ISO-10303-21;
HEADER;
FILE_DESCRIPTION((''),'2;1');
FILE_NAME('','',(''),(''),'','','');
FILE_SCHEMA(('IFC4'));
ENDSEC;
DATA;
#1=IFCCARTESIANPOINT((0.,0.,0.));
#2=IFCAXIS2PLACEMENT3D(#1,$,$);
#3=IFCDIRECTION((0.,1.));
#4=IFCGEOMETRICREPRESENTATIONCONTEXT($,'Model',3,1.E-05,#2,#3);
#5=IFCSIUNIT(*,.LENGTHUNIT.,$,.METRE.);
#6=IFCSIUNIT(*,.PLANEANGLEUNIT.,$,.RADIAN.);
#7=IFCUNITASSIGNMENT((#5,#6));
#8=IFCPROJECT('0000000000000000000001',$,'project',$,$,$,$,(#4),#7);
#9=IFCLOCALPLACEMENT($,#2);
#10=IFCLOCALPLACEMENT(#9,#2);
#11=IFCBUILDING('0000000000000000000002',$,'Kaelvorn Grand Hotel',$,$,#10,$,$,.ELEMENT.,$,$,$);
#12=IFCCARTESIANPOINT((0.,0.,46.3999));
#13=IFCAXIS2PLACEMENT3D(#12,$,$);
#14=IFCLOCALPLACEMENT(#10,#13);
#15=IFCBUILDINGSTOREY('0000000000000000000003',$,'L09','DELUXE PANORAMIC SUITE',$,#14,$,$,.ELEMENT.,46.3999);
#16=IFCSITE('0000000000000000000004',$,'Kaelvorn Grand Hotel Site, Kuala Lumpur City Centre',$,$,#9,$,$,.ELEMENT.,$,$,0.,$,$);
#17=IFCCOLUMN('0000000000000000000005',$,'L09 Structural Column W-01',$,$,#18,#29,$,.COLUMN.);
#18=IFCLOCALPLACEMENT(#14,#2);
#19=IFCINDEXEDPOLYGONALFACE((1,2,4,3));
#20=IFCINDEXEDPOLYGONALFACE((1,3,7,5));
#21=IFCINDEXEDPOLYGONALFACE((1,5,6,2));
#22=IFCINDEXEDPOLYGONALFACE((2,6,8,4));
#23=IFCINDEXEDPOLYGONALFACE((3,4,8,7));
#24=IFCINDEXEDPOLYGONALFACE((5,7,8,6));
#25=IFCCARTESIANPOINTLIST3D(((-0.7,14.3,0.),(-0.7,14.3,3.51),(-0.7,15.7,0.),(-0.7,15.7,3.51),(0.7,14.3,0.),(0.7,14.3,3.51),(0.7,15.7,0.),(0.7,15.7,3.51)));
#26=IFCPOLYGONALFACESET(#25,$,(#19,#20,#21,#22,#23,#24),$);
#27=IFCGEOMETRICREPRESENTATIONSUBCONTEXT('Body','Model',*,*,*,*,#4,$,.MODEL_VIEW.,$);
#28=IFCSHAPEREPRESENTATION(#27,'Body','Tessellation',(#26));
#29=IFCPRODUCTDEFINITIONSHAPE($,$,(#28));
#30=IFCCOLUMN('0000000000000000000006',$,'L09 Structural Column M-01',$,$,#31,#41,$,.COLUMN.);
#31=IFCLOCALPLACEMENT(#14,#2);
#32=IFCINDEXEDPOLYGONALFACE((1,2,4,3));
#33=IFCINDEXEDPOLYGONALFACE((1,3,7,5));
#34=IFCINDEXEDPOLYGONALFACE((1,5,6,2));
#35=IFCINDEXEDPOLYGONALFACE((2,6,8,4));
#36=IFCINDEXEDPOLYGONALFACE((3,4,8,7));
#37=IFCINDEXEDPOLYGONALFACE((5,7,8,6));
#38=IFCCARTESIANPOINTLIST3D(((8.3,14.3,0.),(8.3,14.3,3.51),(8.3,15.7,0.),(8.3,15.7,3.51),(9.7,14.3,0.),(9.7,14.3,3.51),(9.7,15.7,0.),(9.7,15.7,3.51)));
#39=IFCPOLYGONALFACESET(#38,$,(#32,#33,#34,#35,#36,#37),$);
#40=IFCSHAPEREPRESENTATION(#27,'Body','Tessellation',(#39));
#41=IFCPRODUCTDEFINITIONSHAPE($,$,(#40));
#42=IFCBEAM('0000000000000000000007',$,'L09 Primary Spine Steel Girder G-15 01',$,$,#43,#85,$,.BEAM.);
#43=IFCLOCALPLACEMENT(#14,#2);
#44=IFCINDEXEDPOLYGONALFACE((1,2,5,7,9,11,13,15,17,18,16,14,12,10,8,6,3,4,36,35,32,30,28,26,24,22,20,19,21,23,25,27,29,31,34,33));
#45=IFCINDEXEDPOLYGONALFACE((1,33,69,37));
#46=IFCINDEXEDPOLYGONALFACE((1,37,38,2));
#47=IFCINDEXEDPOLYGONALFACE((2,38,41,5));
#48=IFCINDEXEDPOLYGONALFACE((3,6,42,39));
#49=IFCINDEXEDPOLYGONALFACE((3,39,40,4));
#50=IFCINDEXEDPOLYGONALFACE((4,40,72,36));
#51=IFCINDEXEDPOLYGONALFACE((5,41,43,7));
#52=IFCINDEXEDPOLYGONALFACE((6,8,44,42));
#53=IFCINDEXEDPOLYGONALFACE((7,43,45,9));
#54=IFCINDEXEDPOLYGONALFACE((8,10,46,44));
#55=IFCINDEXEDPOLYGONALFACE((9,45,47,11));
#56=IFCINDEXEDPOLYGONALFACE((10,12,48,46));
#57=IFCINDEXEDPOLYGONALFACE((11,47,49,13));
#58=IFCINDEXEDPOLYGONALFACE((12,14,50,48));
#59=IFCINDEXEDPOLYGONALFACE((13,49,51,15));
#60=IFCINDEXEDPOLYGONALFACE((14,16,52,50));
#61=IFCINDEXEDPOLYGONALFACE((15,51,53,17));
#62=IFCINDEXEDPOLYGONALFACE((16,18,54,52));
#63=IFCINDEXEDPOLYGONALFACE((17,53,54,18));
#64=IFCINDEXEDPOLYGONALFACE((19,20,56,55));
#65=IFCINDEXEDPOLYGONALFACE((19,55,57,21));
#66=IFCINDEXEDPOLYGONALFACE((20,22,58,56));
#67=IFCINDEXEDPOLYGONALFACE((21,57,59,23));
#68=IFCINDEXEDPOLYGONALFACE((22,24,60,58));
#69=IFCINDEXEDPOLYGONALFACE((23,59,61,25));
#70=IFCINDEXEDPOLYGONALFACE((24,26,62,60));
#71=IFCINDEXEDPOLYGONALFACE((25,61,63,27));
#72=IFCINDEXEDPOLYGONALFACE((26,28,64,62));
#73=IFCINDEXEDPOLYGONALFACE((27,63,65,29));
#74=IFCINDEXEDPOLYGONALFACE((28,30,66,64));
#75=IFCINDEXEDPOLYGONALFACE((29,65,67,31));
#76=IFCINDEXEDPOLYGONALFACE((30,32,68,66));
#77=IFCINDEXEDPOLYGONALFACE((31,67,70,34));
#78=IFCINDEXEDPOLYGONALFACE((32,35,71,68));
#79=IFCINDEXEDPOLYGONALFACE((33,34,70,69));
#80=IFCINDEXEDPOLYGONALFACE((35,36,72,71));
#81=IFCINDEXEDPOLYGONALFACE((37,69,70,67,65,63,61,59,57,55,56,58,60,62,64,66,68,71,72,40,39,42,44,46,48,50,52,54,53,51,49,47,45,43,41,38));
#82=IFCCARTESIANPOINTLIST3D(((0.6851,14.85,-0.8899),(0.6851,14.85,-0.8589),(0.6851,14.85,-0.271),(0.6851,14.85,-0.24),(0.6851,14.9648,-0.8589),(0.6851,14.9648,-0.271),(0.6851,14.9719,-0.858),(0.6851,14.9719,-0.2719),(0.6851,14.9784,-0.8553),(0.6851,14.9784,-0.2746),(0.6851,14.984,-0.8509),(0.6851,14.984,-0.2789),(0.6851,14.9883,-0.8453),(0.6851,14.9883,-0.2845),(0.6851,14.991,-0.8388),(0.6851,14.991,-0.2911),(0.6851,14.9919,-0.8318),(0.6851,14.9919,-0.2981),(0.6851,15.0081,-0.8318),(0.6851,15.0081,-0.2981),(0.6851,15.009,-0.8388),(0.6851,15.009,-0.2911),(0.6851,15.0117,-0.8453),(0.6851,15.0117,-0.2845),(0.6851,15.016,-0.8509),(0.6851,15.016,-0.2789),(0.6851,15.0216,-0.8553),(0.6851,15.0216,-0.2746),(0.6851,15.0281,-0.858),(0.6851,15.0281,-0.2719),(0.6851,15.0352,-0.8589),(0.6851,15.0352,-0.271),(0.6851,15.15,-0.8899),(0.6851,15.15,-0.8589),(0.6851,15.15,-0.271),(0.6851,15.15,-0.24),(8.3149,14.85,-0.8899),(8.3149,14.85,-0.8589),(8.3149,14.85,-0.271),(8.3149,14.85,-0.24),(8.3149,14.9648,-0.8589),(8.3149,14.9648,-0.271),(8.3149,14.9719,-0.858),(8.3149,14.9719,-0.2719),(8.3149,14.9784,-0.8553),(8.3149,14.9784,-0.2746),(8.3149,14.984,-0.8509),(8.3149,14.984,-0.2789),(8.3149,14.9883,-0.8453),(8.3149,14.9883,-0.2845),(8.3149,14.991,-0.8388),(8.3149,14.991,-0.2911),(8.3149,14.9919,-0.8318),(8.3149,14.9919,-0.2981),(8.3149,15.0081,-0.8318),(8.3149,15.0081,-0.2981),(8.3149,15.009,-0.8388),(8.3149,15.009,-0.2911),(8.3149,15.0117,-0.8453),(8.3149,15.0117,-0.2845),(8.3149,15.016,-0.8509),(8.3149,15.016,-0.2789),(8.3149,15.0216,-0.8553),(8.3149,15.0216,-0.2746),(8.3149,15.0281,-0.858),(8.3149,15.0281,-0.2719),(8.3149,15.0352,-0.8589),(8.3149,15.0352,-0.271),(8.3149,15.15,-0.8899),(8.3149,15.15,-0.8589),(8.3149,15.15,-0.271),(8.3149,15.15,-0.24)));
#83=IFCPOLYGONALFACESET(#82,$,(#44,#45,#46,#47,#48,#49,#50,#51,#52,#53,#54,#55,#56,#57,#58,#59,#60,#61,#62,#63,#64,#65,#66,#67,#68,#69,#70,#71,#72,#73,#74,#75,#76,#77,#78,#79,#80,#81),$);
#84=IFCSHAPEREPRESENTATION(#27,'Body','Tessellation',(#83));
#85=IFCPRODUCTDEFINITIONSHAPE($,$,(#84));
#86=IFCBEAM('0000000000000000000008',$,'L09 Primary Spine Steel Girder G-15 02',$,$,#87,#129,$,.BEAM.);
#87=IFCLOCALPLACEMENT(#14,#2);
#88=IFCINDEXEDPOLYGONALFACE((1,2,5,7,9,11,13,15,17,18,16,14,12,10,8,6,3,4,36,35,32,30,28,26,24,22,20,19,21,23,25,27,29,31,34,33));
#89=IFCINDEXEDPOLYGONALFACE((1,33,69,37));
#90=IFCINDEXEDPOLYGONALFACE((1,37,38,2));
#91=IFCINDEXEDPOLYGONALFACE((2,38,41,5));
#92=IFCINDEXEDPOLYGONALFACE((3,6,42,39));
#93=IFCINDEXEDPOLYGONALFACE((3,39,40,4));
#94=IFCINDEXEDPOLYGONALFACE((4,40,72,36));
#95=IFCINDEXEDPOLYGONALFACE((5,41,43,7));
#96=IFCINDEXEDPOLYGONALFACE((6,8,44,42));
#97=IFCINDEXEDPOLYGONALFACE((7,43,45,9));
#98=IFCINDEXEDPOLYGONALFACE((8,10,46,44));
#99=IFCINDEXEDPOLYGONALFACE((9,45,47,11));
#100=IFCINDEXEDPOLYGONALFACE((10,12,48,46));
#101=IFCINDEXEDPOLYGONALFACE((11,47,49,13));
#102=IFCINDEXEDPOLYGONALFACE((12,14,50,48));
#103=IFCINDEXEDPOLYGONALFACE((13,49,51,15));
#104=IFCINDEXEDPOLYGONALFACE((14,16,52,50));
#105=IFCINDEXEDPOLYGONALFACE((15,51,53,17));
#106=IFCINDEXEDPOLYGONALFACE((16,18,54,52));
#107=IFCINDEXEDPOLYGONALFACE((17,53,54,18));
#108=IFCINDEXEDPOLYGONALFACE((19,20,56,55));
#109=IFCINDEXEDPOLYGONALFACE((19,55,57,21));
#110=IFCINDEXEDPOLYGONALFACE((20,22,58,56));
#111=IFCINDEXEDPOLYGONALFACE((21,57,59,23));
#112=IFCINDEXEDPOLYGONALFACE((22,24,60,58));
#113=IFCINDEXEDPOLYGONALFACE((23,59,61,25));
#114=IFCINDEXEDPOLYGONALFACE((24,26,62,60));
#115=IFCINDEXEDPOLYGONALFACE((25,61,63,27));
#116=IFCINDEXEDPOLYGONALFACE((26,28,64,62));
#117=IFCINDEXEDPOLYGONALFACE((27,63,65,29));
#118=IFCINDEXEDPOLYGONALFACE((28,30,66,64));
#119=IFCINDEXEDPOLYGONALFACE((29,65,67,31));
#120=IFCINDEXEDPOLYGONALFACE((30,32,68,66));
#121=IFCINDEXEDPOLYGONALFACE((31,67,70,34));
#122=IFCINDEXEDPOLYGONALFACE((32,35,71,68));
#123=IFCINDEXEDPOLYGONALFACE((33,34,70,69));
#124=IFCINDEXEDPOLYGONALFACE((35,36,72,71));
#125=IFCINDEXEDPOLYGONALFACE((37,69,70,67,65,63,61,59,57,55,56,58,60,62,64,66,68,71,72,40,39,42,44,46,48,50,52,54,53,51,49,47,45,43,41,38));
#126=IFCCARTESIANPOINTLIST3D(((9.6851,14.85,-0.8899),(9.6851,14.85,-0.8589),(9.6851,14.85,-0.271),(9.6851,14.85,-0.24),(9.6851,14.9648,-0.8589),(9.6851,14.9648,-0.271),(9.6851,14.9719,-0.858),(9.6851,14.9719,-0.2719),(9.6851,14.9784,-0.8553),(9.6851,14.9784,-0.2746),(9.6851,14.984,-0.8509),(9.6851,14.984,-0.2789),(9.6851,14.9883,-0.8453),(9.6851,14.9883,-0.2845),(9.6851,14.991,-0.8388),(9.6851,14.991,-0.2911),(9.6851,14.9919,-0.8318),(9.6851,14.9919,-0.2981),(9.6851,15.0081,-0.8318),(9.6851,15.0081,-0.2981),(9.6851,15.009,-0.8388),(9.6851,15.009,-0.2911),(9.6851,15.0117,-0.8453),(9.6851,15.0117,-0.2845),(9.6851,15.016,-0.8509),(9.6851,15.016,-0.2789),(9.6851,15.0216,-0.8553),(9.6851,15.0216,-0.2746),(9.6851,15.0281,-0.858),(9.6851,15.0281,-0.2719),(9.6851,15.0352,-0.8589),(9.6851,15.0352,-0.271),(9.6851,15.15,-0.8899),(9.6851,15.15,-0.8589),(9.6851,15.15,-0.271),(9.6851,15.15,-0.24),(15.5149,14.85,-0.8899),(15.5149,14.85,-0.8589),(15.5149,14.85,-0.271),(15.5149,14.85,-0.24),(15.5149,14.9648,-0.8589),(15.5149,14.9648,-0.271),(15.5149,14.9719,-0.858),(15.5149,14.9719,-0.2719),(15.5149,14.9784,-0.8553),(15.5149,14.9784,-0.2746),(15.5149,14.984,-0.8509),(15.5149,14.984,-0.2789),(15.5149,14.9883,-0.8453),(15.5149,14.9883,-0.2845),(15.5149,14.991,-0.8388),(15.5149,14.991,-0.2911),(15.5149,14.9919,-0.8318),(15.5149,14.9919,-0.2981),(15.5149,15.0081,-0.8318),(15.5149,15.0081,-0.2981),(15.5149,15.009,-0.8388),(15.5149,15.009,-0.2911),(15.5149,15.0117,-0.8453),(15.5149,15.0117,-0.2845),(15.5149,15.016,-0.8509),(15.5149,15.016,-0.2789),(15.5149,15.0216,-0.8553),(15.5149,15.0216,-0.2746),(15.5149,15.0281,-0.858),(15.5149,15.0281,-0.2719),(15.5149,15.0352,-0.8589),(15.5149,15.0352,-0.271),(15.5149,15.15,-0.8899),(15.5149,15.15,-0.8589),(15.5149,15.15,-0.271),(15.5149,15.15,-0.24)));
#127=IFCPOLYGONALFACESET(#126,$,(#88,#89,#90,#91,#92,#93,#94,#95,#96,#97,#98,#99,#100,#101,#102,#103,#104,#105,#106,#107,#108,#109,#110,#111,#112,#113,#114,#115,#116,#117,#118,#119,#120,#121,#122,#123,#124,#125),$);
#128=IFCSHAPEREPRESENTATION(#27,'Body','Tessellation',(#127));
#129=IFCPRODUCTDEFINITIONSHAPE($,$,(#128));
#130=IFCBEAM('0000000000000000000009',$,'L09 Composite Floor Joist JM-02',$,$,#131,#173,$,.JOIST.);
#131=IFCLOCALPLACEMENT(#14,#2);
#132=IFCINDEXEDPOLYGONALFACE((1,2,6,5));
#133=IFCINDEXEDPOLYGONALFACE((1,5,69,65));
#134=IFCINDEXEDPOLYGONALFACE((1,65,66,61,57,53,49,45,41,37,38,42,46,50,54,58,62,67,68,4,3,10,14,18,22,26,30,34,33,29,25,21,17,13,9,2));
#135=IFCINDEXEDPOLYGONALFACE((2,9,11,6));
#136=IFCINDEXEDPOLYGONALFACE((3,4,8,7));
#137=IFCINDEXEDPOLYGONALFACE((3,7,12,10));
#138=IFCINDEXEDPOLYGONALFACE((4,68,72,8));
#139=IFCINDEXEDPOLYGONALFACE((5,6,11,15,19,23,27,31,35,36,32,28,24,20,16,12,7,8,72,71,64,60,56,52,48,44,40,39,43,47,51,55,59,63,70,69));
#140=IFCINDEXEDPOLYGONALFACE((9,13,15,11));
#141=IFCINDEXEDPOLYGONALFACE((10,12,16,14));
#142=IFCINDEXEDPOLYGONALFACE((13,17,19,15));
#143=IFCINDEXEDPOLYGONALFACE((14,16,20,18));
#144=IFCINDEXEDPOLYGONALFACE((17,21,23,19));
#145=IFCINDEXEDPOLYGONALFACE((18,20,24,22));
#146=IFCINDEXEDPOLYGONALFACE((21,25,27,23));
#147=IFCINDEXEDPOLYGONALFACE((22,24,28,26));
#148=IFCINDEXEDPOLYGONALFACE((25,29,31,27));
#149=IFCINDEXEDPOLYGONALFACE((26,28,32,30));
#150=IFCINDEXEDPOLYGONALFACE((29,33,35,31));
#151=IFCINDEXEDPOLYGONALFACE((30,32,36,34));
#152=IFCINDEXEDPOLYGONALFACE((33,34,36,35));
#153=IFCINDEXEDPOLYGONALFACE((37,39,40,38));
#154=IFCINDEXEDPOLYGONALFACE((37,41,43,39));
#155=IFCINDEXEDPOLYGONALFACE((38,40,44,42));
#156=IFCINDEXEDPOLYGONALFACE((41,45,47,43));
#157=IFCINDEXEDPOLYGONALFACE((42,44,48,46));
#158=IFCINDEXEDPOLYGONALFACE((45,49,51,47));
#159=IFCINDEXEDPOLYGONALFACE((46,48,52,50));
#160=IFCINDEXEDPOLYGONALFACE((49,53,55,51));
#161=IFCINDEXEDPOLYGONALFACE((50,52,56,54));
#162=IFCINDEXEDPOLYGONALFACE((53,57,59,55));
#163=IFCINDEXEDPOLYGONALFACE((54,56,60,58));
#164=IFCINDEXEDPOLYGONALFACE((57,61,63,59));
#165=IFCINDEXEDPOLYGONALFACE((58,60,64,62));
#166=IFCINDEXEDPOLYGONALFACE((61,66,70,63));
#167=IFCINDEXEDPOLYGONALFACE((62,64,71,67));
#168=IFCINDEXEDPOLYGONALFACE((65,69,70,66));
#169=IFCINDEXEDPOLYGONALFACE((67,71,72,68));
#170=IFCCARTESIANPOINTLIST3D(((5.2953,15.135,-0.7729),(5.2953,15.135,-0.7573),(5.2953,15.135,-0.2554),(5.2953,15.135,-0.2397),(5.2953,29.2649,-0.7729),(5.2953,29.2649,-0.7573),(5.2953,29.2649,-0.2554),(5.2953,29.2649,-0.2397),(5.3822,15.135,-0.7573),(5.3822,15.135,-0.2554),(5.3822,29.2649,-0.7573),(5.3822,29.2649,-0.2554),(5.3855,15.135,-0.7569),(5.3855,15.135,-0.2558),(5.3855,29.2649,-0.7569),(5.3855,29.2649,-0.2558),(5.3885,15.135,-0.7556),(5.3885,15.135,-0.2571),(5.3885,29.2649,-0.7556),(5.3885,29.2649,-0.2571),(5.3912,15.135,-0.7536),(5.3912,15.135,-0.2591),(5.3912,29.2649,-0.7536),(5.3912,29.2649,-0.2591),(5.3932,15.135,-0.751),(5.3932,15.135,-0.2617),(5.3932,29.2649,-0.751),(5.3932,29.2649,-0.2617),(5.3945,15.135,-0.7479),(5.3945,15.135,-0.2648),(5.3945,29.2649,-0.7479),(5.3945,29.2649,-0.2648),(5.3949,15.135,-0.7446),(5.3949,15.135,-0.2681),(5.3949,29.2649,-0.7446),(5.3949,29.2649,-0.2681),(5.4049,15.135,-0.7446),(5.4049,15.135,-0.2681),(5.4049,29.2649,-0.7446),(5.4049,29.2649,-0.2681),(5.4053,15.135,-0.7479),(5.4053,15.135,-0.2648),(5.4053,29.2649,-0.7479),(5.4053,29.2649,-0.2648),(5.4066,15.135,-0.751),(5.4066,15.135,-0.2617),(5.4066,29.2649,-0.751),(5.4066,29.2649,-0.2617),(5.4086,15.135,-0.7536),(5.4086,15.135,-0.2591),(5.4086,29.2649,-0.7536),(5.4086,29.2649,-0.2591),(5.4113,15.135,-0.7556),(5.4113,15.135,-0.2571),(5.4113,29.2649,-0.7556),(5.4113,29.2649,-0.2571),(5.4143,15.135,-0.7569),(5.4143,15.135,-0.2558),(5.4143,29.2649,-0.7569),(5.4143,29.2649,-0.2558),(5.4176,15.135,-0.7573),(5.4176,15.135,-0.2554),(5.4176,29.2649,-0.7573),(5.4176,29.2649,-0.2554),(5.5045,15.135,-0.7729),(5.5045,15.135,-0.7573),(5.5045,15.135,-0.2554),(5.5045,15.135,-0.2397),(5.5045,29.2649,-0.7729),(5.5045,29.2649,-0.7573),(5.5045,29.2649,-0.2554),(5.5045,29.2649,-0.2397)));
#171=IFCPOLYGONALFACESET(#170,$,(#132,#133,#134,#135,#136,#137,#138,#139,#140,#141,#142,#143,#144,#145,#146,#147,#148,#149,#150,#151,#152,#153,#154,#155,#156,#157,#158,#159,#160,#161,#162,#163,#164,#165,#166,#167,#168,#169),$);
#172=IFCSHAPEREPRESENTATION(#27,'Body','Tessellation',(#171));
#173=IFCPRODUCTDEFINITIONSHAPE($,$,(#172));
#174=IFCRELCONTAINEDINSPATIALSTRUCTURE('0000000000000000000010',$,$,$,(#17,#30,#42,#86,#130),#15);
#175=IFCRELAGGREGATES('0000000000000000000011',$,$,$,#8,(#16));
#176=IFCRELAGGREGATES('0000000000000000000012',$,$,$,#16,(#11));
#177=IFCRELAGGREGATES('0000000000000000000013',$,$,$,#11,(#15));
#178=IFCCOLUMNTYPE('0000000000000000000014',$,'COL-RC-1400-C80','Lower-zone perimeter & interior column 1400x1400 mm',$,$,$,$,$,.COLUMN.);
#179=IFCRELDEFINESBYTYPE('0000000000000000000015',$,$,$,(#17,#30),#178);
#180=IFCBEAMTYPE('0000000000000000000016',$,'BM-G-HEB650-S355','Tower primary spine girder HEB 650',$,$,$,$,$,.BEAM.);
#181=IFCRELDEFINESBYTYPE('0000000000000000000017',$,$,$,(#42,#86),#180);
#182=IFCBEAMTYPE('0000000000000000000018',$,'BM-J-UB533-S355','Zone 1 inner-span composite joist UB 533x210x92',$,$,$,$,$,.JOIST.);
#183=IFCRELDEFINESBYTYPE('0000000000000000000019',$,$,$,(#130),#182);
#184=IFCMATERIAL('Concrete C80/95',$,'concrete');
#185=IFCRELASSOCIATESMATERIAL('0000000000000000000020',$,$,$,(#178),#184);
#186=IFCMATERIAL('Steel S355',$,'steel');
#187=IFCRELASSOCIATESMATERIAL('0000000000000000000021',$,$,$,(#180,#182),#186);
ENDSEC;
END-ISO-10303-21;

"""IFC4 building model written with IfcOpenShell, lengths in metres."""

from ifc_helpers import new_model, si_unit, direction, frame, origin, origin_2d, place, context, subcontext, project, spatial, rectangle, i_section, extrude, material, material_profile, profile_set, type_object, element, save


model = new_model("IFC4")

# Units and contexts
model_context = context("Model", 3, precision=1e-05, world=origin(), true_north=direction((0.0, 1.0)))
body_context = subcontext(model_context, "Body", "Model", "MODEL_VIEW")
ifc_project = project(units=[si_unit("LENGTHUNIT", "METRE"), si_unit("PLANEANGLEUNIT", "RADIAN")], contexts=[model_context])

# Site, building, storey
site_placement = place(None, origin())
site = spatial("IfcSite", under=ifc_project, at=site_placement, Name="Kaelvorn Grand Hotel Site, Kuala Lumpur City Centre", CompositionType="ELEMENT", RefElevation=0.0)
building_placement = place(site_placement, origin())
building = spatial("IfcBuilding", under=site, at=building_placement, Name="Kaelvorn Grand Hotel", CompositionType="ELEMENT")
storey_placement = place(building_placement, frame((0.0, 0.0, 46.3999)))
storey = spatial("IfcBuildingStorey", under=building, at=storey_placement, Name="L09", Description="DELUXE PANORAMIC SUITE", CompositionType="ELEMENT", Elevation=46.3999)

# Columns
ifc_material_1 = material(Name="Concrete C80/95", Category="concrete")
ifc_material_profile_1 = material_profile(ifc_material_1, rectangle(XDim=1.3999, YDim=1.3999, at=origin_2d()), Name="RC COL 1400x1400")
ifc_profile_set_1 = profile_set([ifc_material_profile_1], Name="Concrete C80/95")
column_type = type_object("IfcColumnType", Name="COL-RC-1400-C80", Description="Lower-zone perimeter & interior column 1400x1400 mm", PredefinedType="COLUMN", material=ifc_profile_set_1)
for number, where, z_axis, x_axis, name in (
    (1, (0.0, 15.0, 0.0), (0.0, 0.0, 1.0), (1.0, 0.0, 0.0), "L09 Structural Column W-01"),
    (2, (9.0, 15.0, 0.0), (0.0, 0.0, 1.0), (1.0, 0.0, 0.0), "L09 Structural Column M-01"),
):
    element("IfcColumn", number, at=place(storey_placement, frame(where, z_axis=z_axis, x_axis=x_axis)), inside=storey, type_object=column_type, Name=name, PredefinedType="COLUMN", context=body_context, shape_type="SweptSolid", body=[
        extrude(rectangle(XDim=1.3999, YDim=1.3999, at=origin_2d()), origin(), (0.0, 0.0, 1.0), 3.51),
    ])

# Beams
ifc_material_2 = material(Name="Steel S355", Category="steel")
ifc_material_profile_2 = material_profile(ifc_material_2, i_section(OverallWidth=0.3, OverallDepth=0.6499, WebThickness=0.0161, FlangeThickness=0.031, FilletRadius=0.0271, at=origin_2d()), Name="HEB 650")
ifc_profile_set_2 = profile_set([ifc_material_profile_2], Name="Steel S355")
beam_type_1 = type_object("IfcBeamType", Name="BM-G-HEB650-S355", Description="Tower primary spine girder HEB 650", PredefinedType="BEAM", material=ifc_profile_set_2)
beam_1_placement = place(storey_placement, frame((0.6851, 15.0, -0.5649), z_axis=(1.0, 0.0, 0.0), x_axis=(0.0, 1.0, 0.0)))
element("IfcBeam", 3, at=beam_1_placement, inside=storey, type_object=beam_type_1, Name="L09 Primary Spine Steel Girder G-15 01", PredefinedType="BEAM", context=body_context, shape_type="SweptSolid", body=[
    extrude(i_section(OverallWidth=0.3, OverallDepth=0.6499, WebThickness=0.0161, FlangeThickness=0.031, FilletRadius=0.0271, at=origin_2d()), origin(), (0.0, 0.0, 1.0), 7.6299),
])
beam_2_placement = place(storey_placement, frame((9.6851, 15.0, -0.5649), z_axis=(1.0, 0.0, 0.0), x_axis=(0.0, 1.0, 0.0)))
element("IfcBeam", 4, at=beam_2_placement, inside=storey, type_object=beam_type_1, Name="L09 Primary Spine Steel Girder G-15 02", PredefinedType="BEAM", context=body_context, shape_type="SweptSolid", body=[
    extrude(i_section(OverallWidth=0.3, OverallDepth=0.6499, WebThickness=0.0161, FlangeThickness=0.031, FilletRadius=0.0271, at=origin_2d()), origin(), (0.0, 0.0, 1.0), 5.8298),
])
ifc_material_profile_3 = material_profile(ifc_material_2, i_section(OverallWidth=0.2092, OverallDepth=0.5332, WebThickness=0.01, FlangeThickness=0.0156, FilletRadius=0.0127, at=origin_2d()), Name="UB 533x210x92")
ifc_profile_set_3 = profile_set([ifc_material_profile_3], Name="Steel S355")
beam_type_2 = type_object("IfcBeamType", Name="BM-J-UB533-S355", Description="Zone 1 inner-span composite joist UB 533x210x92", PredefinedType="JOIST", material=ifc_profile_set_3)
beam_3_placement = place(storey_placement, frame((5.3999, 15.135, -0.5063), z_axis=(0.0, 1.0, 0.0), x_axis=(-1.0, 0.0, 0.0)))
element("IfcBeam", 5, at=beam_3_placement, inside=storey, type_object=beam_type_2, Name="L09 Composite Floor Joist JM-02", PredefinedType="JOIST", context=body_context, shape_type="SweptSolid", body=[
    extrude(i_section(OverallWidth=0.2092, OverallDepth=0.5332, WebThickness=0.01, FlangeThickness=0.0156, FilletRadius=0.0127, at=origin_2d()), origin(), (0.0, 0.0, 1.0), 14.1299),
])

save(model, "model.ifc")
